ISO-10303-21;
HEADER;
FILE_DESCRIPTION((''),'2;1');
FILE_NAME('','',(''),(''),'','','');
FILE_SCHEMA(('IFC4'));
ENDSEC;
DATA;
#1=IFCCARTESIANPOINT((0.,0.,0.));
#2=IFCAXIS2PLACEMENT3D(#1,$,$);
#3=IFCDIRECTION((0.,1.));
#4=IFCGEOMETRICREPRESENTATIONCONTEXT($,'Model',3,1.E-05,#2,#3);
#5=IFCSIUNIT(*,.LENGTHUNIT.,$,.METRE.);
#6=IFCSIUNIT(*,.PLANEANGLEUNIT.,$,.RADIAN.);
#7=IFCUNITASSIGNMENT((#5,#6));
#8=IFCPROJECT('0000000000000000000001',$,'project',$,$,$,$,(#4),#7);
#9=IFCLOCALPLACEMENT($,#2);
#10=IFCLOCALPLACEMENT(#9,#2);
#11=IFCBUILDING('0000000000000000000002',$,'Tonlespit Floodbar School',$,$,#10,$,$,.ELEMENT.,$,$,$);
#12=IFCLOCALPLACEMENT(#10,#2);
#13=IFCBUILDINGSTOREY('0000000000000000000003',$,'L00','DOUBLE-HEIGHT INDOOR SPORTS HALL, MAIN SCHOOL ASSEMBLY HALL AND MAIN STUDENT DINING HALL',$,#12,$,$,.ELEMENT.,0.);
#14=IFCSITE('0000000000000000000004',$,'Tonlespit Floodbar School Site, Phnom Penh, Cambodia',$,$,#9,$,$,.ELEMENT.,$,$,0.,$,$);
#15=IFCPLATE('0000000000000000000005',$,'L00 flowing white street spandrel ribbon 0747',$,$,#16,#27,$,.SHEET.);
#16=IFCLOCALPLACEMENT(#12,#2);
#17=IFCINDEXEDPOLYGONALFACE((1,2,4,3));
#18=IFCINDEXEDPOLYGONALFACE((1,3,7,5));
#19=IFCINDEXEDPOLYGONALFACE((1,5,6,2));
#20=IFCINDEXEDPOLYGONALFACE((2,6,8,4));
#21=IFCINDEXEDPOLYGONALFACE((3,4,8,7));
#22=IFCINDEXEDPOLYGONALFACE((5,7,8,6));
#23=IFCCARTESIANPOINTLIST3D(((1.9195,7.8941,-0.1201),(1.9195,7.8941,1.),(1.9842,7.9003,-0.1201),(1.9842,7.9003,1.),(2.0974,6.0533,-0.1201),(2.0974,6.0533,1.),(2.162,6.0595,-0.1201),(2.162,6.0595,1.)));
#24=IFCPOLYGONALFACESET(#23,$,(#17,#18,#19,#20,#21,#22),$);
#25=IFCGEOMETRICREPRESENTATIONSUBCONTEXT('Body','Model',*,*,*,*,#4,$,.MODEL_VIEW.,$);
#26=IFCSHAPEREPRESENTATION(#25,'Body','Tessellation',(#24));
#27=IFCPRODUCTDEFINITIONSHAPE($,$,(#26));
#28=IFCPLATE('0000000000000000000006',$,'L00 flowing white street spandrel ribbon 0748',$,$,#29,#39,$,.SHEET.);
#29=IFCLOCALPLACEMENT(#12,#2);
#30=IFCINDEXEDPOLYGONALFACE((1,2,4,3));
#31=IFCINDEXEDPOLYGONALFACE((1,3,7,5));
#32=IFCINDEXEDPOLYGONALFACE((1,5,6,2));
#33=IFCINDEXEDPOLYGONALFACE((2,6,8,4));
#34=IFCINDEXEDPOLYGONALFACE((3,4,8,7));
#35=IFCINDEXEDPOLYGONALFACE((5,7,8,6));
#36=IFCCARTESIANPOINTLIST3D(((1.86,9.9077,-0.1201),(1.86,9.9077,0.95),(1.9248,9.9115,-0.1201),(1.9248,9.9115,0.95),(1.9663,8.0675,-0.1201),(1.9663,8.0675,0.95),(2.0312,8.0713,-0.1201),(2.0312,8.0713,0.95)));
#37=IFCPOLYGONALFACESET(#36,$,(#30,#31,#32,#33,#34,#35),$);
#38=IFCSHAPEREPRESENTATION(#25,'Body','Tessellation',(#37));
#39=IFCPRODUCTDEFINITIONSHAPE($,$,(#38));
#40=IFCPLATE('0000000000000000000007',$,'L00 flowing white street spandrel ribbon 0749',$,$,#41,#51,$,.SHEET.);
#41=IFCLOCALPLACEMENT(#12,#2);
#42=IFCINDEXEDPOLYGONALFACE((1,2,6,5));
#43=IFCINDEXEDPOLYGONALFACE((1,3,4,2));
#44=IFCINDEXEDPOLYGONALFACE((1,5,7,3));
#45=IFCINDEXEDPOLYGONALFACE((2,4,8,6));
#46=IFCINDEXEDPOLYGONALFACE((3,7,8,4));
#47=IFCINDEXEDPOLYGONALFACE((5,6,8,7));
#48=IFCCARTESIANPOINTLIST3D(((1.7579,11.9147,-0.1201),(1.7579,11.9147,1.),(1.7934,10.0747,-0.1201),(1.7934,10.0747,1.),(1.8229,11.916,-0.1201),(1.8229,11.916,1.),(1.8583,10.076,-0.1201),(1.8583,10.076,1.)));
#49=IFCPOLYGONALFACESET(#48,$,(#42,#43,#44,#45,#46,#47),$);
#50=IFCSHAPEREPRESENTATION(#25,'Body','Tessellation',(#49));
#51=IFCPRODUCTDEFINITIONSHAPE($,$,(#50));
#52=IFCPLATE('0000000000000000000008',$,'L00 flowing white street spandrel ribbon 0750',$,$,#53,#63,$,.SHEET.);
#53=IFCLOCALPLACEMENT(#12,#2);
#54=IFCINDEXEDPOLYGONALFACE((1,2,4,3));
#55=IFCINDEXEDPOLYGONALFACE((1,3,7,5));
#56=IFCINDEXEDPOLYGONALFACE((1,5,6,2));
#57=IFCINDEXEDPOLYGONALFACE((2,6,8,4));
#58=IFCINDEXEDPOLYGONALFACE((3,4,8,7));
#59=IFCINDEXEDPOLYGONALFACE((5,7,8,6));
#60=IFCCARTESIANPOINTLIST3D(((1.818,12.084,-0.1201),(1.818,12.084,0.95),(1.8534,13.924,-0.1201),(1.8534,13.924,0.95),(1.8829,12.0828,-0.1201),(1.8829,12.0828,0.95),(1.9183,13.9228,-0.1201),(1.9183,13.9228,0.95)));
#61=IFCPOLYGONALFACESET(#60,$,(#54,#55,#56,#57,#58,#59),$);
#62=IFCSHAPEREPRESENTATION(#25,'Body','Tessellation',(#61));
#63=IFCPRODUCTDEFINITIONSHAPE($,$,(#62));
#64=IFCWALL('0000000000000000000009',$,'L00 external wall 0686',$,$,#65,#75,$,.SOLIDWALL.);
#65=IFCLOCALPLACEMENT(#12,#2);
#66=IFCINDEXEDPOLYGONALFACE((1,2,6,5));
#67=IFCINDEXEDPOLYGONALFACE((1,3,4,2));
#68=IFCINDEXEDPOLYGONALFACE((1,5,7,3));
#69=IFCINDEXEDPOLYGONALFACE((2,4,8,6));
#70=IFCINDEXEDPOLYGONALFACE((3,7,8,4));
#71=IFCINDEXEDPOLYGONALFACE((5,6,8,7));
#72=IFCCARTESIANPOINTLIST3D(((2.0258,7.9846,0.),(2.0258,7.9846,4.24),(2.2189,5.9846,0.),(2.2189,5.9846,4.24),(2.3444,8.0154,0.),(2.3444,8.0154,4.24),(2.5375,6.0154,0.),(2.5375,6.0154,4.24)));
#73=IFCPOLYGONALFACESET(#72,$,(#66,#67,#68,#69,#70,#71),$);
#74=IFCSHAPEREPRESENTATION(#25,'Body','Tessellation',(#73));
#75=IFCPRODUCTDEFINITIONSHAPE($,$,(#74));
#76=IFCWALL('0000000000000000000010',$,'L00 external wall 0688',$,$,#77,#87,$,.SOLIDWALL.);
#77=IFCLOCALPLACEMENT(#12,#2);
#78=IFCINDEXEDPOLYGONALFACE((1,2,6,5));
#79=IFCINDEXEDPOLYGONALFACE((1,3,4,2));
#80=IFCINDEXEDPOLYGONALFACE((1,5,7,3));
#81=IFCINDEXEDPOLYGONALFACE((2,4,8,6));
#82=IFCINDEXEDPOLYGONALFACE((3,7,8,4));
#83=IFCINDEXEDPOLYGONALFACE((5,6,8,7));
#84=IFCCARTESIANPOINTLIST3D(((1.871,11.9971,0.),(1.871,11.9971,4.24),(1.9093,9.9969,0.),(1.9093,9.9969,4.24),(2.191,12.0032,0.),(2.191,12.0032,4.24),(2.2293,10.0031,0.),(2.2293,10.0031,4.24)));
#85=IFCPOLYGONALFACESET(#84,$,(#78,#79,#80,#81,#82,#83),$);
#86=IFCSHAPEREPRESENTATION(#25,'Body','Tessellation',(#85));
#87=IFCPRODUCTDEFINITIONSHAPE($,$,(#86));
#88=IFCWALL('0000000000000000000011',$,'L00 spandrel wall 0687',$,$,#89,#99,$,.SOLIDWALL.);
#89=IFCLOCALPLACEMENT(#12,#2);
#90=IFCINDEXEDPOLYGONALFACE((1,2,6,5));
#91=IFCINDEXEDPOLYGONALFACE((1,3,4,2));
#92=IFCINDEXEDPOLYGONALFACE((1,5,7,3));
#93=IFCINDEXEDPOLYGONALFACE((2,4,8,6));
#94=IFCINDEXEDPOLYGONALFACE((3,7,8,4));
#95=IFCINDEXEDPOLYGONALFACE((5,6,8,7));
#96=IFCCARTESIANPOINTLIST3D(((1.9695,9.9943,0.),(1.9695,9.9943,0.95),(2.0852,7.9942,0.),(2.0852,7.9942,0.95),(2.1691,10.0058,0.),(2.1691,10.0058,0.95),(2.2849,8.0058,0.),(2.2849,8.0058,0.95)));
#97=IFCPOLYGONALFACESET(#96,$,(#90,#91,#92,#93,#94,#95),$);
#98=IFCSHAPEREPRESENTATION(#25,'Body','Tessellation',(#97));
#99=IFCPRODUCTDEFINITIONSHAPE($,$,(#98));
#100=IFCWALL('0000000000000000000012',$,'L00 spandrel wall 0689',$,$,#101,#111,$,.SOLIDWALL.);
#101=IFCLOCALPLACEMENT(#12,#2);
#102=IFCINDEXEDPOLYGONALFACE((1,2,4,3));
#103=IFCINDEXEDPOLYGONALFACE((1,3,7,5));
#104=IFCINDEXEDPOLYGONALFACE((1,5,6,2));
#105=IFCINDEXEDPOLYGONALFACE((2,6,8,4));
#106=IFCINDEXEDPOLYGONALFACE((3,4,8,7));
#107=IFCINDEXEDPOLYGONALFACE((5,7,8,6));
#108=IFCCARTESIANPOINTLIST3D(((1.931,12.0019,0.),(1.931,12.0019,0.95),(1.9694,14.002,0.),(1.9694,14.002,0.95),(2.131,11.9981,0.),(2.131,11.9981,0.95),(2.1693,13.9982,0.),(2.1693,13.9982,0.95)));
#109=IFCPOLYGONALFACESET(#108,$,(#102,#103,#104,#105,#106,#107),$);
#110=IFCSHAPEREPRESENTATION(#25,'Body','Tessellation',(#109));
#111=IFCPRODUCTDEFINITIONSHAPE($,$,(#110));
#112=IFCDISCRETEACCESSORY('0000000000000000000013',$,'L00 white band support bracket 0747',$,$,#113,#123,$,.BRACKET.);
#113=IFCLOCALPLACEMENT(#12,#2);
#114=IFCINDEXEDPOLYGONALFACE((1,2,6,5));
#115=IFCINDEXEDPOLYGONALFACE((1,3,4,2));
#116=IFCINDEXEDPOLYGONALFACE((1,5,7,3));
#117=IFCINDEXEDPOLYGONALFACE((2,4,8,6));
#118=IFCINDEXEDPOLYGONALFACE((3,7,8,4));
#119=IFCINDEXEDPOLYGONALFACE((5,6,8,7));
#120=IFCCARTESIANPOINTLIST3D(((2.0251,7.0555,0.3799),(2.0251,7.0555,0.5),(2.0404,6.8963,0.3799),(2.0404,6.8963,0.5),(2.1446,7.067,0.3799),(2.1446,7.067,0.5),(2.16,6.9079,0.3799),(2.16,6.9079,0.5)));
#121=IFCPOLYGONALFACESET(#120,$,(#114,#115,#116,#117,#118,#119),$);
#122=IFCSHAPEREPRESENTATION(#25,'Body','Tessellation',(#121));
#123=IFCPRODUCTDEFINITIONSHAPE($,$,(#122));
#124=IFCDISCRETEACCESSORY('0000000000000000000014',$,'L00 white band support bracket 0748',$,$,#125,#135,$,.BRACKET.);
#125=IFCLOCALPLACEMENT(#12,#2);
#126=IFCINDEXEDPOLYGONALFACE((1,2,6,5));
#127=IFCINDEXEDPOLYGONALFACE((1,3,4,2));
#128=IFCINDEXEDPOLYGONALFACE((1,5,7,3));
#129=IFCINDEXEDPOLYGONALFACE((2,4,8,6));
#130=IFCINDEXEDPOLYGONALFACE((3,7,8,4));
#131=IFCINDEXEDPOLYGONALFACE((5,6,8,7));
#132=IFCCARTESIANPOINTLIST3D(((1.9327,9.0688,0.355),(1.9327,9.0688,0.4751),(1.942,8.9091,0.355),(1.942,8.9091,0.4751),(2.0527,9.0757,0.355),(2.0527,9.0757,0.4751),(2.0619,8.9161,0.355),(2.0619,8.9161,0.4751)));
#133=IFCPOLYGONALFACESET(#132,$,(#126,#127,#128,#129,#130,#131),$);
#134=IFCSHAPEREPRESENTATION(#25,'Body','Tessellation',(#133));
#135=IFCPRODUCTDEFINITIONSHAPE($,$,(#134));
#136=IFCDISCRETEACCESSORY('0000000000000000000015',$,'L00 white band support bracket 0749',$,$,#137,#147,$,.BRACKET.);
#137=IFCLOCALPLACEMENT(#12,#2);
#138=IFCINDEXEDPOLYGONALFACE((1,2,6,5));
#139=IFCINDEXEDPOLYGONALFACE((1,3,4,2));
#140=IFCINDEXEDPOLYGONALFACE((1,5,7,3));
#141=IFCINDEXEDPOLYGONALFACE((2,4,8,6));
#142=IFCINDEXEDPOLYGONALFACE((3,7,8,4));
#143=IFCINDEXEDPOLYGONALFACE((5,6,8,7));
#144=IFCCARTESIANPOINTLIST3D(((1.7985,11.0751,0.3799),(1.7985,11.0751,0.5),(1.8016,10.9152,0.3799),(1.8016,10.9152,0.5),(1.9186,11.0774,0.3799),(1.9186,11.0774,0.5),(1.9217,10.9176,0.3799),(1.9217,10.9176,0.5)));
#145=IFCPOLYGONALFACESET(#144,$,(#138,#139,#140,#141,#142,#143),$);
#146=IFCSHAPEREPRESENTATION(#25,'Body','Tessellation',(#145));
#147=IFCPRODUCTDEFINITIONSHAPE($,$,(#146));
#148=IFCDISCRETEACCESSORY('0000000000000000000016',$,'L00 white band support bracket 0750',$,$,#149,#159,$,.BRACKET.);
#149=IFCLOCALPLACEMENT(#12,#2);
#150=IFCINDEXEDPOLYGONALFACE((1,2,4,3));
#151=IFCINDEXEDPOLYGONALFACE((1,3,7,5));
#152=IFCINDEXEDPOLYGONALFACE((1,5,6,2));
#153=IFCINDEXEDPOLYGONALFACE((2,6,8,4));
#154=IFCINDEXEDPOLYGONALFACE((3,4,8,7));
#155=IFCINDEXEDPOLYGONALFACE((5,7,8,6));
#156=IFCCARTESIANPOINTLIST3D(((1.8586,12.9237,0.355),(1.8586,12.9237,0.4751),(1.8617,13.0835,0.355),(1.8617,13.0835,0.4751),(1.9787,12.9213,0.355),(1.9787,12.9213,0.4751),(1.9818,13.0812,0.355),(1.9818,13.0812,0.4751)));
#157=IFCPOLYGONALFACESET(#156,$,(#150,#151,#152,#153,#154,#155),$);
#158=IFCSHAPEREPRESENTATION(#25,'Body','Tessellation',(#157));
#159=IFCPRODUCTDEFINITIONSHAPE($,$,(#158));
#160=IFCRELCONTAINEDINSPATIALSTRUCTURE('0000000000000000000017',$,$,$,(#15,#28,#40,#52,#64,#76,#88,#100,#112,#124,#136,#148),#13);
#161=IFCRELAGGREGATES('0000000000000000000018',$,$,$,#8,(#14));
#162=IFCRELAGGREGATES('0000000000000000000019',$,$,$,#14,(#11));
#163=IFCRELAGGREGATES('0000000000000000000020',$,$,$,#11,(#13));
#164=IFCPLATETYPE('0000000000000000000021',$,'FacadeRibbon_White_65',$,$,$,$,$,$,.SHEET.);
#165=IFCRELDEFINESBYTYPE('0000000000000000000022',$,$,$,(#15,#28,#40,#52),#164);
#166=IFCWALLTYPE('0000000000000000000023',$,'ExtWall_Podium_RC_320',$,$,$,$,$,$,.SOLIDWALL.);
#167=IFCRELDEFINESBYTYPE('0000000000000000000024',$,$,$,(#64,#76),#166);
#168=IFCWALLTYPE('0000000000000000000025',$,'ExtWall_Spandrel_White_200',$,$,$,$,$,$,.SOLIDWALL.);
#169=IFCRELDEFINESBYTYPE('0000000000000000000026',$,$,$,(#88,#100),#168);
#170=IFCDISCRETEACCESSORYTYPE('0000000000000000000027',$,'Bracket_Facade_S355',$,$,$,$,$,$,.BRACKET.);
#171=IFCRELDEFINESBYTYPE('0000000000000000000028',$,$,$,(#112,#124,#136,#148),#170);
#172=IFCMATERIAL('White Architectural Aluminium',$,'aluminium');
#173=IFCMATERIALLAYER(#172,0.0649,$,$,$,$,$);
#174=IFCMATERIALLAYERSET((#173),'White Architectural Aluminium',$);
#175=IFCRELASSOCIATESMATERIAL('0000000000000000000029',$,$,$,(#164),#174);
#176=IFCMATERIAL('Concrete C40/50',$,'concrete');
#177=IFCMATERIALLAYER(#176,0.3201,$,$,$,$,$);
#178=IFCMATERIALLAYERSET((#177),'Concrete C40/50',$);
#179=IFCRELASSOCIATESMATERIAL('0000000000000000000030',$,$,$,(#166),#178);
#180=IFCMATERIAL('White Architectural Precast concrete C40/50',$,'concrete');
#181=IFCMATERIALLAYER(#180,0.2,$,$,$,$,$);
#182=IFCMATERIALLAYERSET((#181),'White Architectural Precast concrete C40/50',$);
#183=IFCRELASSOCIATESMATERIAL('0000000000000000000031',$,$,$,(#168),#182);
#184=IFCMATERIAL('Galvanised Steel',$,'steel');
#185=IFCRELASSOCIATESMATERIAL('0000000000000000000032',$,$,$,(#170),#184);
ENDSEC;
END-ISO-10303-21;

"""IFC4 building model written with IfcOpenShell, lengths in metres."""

from ifc_helpers import new_model, si_unit, direction, frame, frame_2d, origin, origin_2d, place, context, subcontext, project, spatial, rectangle, extrude, material, layer, layer_set, type_object, element, save


model = new_model("IFC4")

# Units and contexts
model_context = context("Model", 3, precision=1e-05, world=origin(), true_north=direction((0.0, 1.0)))
body_context = subcontext(model_context, "Body", "Model", "MODEL_VIEW")
ifc_project = project(units=[si_unit("LENGTHUNIT", "METRE"), si_unit("PLANEANGLEUNIT", "RADIAN")], contexts=[model_context])

# Site, building, storey
site_placement = place(None, origin())
site = spatial("IfcSite", under=ifc_project, at=site_placement, Name="Tonlespit Floodbar School Site, Phnom Penh, Cambodia", CompositionType="ELEMENT", RefElevation=0.0)
building_placement = place(site_placement, origin())
building = spatial("IfcBuilding", under=site, at=building_placement, Name="Tonlespit Floodbar School", CompositionType="ELEMENT")
storey_placement = place(building_placement, origin())
storey = spatial("IfcBuildingStorey", under=building, at=storey_placement, Name="L00", Description="DOUBLE-HEIGHT INDOOR SPORTS HALL, MAIN SCHOOL ASSEMBLY HALL AND MAIN STUDENT DINING HALL", CompositionType="ELEMENT", Elevation=0.0)

# Shared definitions
ifc_material_1 = material(Name="Concrete C40/50", Category="concrete")

# Plates
ifc_material_2 = material(Name="White Architectural Aluminium", Category="aluminium")
ifc_layer_1 = layer(ifc_material_2, 0.0649)
ifc_layer_set_1 = layer_set([ifc_layer_1], Name="White Architectural Aluminium")
plate_type_1 = type_object("IfcPlateType", Name="FacadeRibbon_White_65", PredefinedType="SHEET", material=ifc_layer_set_1)
plate_1_placement = place(storey_placement, frame((2.0408, 6.9768, -0.1201), z_axis=(0.0, 0.0, 1.0), x_axis=(-0.096153, 0.995367, 0.0)))
element("IfcPlate", 1, at=plate_1_placement, inside=storey, type_object=plate_type_1, Name="L00 flowing white street spandrel ribbon 0747", PredefinedType="SHEET", context=body_context, shape_type="SweptSolid", body=[
    extrude(rectangle(XDim=1.8494, YDim=0.0649, at=origin_2d()), origin(), (0.0, 0.0, 1.0), 1.1201),
])
plate_2_placement = place(storey_placement, frame((1.9456, 8.9895, -0.1201), z_axis=(0.0, 0.0, 1.0), x_axis=(-0.057703, 0.998334, 0.0)))
element("IfcPlate", 2, at=plate_2_placement, inside=storey, type_object=plate_type_1, Name="L00 flowing white street spandrel ribbon 0748", PredefinedType="SHEET", context=body_context, shape_type="SweptSolid", body=[
    extrude(rectangle(XDim=1.8433, YDim=0.0649, at=origin_2d()), origin(), (0.0, 0.0, 1.0), 1.0701),
])
plate_3_placement = place(storey_placement, frame((1.8081, 10.9954, -0.1201), z_axis=(0.0, 0.0, 1.0), x_axis=(-0.019246, 0.999815, 0.0)))
element("IfcPlate", 3, at=plate_3_placement, inside=storey, type_object=plate_type_1, Name="L00 flowing white street spandrel ribbon 0749", PredefinedType="SHEET", context=body_context, shape_type="SweptSolid", body=[
    extrude(rectangle(XDim=1.8403, YDim=0.0649, at=origin_2d()), origin(), (0.0, 0.0, 1.0), 1.1201),
])
plate_4_placement = place(storey_placement, frame((1.8682, 13.0034, -0.1201), z_axis=(0.0, 0.0, 1.0), x_axis=(0.019246, 0.999815, 0.0)))
element("IfcPlate", 4, at=plate_4_placement, inside=storey, type_object=plate_type_1, Name="L00 flowing white street spandrel ribbon 0750", PredefinedType="SHEET", context=body_context, shape_type="SweptSolid", body=[
    extrude(rectangle(XDim=1.8403, YDim=0.0649, at=origin_2d()), origin(), (0.0, 0.0, 1.0), 1.0701),
])

# Walls
ifc_layer_2 = layer(ifc_material_1, 0.3201)
ifc_layer_set_2 = layer_set([ifc_layer_2], Name="Concrete C40/50")
wall_type_1 = type_object("IfcWallType", Name="ExtWall_Podium_RC_320", PredefinedType="SOLIDWALL", material=ifc_layer_set_2)
wall_1_placement = place(storey_placement, frame((2.3782, 6.0, 0.0), z_axis=(0.0, 0.0, 1.0), x_axis=(-0.096111, 0.995371, 0.0)))
element("IfcWall", 5, at=wall_1_placement, inside=storey, type_object=wall_type_1, Name="L00 external wall 0686", PredefinedType="SOLIDWALL", context=body_context, shape_type="SweptSolid", body=[
    extrude(rectangle(XDim=2.0093, YDim=0.3201, at=frame_2d((1.0046, 0.0))), origin(), (0.0, 0.0, 1.0), 4.24),
])
wall_2_placement = place(storey_placement, frame((2.0693, 10.0, 0.0), z_axis=(0.0, 0.0, 1.0), x_axis=(-0.019162, 0.999816, 0.0)))
element("IfcWall", 6, at=wall_2_placement, inside=storey, type_object=wall_type_1, Name="L00 external wall 0688", PredefinedType="SOLIDWALL", context=body_context, shape_type="SweptSolid", body=[
    extrude(rectangle(XDim=2.0005, YDim=0.3201, at=frame_2d((1.0002, 0.0))), origin(), (0.0, 0.0, 1.0), 4.24),
])
ifc_material_3 = material(Name="White Architectural Precast concrete C40/50", Category="concrete")
ifc_layer_3 = layer(ifc_material_3, 0.2)
ifc_layer_set_3 = layer_set([ifc_layer_3], Name="White Architectural Precast concrete C40/50")
wall_type_2 = type_object("IfcWallType", Name="ExtWall_Spandrel_White_200", PredefinedType="SOLIDWALL", material=ifc_layer_set_3)
wall_3_placement = place(storey_placement, frame((2.1851, 8.0, 0.0), z_axis=(0.0, 0.0, 1.0), x_axis=(-0.057765, 0.99833, 0.0)))
element("IfcWall", 7, at=wall_3_placement, inside=storey, type_object=wall_type_2, Name="L00 spandrel wall 0687", PredefinedType="SOLIDWALL", context=body_context, shape_type="SweptSolid", body=[
    extrude(rectangle(XDim=2.0034, YDim=0.2, at=frame_2d((1.0017, 0.0))), origin(), (0.0, 0.0, 1.0), 0.95),
])
wall_4_placement = place(storey_placement, frame((2.031, 12.0, 0.0), z_axis=(0.0, 0.0, 1.0), x_axis=(0.019162, 0.999816, 0.0)))
element("IfcWall", 8, at=wall_4_placement, inside=storey, type_object=wall_type_2, Name="L00 spandrel wall 0689", PredefinedType="SOLIDWALL", context=body_context, shape_type="SweptSolid", body=[
    extrude(rectangle(XDim=2.0005, YDim=0.2, at=frame_2d((1.0002, 0.0))), origin(), (0.0, 0.0, 1.0), 0.95),
])

# Discrete accessories
ifc_material_4 = material(Name="Galvanised Steel", Category="steel")
discrete_accessory_type = type_object("IfcDiscreteAccessoryType", Name="Bracket_Facade_S355", PredefinedType="BRACKET", material=ifc_material_4)
for number, where, z_axis, x_axis, name in (
    (9, (2.0925, 6.9817, 0.3799), (0.0, 0.0, 1.0), (-0.096153, 0.995367, 0.0), "L00 white band support bracket 0747"),
    (10, (1.9973, 8.9924, 0.355), (0.0, 0.0, 1.0), (-0.057703, 0.998334, 0.0), "L00 white band support bracket 0748"),
    (11, (1.8601, 10.9963, 0.3799), (0.0, 0.0, 1.0), (-0.019246, 0.999815, 0.0), "L00 white band support bracket 0749"),
    (12, (1.9202, 13.0024, 0.355), (0.0, 0.0, 1.0), (0.019246, 0.999815, 0.0), "L00 white band support bracket 0750"),
):
    element("IfcDiscreteAccessory", number, at=place(storey_placement, frame(where, z_axis=z_axis, x_axis=x_axis)), inside=storey, type_object=discrete_accessory_type, Name=name, PredefinedType="BRACKET", context=body_context, shape_type="SweptSolid", body=[
        extrude(rectangle(XDim=0.1599, YDim=0.1201, at=origin_2d()), origin(), (0.0, 0.0, 1.0), 0.1201),
    ])

save(model, "model.ifc")
